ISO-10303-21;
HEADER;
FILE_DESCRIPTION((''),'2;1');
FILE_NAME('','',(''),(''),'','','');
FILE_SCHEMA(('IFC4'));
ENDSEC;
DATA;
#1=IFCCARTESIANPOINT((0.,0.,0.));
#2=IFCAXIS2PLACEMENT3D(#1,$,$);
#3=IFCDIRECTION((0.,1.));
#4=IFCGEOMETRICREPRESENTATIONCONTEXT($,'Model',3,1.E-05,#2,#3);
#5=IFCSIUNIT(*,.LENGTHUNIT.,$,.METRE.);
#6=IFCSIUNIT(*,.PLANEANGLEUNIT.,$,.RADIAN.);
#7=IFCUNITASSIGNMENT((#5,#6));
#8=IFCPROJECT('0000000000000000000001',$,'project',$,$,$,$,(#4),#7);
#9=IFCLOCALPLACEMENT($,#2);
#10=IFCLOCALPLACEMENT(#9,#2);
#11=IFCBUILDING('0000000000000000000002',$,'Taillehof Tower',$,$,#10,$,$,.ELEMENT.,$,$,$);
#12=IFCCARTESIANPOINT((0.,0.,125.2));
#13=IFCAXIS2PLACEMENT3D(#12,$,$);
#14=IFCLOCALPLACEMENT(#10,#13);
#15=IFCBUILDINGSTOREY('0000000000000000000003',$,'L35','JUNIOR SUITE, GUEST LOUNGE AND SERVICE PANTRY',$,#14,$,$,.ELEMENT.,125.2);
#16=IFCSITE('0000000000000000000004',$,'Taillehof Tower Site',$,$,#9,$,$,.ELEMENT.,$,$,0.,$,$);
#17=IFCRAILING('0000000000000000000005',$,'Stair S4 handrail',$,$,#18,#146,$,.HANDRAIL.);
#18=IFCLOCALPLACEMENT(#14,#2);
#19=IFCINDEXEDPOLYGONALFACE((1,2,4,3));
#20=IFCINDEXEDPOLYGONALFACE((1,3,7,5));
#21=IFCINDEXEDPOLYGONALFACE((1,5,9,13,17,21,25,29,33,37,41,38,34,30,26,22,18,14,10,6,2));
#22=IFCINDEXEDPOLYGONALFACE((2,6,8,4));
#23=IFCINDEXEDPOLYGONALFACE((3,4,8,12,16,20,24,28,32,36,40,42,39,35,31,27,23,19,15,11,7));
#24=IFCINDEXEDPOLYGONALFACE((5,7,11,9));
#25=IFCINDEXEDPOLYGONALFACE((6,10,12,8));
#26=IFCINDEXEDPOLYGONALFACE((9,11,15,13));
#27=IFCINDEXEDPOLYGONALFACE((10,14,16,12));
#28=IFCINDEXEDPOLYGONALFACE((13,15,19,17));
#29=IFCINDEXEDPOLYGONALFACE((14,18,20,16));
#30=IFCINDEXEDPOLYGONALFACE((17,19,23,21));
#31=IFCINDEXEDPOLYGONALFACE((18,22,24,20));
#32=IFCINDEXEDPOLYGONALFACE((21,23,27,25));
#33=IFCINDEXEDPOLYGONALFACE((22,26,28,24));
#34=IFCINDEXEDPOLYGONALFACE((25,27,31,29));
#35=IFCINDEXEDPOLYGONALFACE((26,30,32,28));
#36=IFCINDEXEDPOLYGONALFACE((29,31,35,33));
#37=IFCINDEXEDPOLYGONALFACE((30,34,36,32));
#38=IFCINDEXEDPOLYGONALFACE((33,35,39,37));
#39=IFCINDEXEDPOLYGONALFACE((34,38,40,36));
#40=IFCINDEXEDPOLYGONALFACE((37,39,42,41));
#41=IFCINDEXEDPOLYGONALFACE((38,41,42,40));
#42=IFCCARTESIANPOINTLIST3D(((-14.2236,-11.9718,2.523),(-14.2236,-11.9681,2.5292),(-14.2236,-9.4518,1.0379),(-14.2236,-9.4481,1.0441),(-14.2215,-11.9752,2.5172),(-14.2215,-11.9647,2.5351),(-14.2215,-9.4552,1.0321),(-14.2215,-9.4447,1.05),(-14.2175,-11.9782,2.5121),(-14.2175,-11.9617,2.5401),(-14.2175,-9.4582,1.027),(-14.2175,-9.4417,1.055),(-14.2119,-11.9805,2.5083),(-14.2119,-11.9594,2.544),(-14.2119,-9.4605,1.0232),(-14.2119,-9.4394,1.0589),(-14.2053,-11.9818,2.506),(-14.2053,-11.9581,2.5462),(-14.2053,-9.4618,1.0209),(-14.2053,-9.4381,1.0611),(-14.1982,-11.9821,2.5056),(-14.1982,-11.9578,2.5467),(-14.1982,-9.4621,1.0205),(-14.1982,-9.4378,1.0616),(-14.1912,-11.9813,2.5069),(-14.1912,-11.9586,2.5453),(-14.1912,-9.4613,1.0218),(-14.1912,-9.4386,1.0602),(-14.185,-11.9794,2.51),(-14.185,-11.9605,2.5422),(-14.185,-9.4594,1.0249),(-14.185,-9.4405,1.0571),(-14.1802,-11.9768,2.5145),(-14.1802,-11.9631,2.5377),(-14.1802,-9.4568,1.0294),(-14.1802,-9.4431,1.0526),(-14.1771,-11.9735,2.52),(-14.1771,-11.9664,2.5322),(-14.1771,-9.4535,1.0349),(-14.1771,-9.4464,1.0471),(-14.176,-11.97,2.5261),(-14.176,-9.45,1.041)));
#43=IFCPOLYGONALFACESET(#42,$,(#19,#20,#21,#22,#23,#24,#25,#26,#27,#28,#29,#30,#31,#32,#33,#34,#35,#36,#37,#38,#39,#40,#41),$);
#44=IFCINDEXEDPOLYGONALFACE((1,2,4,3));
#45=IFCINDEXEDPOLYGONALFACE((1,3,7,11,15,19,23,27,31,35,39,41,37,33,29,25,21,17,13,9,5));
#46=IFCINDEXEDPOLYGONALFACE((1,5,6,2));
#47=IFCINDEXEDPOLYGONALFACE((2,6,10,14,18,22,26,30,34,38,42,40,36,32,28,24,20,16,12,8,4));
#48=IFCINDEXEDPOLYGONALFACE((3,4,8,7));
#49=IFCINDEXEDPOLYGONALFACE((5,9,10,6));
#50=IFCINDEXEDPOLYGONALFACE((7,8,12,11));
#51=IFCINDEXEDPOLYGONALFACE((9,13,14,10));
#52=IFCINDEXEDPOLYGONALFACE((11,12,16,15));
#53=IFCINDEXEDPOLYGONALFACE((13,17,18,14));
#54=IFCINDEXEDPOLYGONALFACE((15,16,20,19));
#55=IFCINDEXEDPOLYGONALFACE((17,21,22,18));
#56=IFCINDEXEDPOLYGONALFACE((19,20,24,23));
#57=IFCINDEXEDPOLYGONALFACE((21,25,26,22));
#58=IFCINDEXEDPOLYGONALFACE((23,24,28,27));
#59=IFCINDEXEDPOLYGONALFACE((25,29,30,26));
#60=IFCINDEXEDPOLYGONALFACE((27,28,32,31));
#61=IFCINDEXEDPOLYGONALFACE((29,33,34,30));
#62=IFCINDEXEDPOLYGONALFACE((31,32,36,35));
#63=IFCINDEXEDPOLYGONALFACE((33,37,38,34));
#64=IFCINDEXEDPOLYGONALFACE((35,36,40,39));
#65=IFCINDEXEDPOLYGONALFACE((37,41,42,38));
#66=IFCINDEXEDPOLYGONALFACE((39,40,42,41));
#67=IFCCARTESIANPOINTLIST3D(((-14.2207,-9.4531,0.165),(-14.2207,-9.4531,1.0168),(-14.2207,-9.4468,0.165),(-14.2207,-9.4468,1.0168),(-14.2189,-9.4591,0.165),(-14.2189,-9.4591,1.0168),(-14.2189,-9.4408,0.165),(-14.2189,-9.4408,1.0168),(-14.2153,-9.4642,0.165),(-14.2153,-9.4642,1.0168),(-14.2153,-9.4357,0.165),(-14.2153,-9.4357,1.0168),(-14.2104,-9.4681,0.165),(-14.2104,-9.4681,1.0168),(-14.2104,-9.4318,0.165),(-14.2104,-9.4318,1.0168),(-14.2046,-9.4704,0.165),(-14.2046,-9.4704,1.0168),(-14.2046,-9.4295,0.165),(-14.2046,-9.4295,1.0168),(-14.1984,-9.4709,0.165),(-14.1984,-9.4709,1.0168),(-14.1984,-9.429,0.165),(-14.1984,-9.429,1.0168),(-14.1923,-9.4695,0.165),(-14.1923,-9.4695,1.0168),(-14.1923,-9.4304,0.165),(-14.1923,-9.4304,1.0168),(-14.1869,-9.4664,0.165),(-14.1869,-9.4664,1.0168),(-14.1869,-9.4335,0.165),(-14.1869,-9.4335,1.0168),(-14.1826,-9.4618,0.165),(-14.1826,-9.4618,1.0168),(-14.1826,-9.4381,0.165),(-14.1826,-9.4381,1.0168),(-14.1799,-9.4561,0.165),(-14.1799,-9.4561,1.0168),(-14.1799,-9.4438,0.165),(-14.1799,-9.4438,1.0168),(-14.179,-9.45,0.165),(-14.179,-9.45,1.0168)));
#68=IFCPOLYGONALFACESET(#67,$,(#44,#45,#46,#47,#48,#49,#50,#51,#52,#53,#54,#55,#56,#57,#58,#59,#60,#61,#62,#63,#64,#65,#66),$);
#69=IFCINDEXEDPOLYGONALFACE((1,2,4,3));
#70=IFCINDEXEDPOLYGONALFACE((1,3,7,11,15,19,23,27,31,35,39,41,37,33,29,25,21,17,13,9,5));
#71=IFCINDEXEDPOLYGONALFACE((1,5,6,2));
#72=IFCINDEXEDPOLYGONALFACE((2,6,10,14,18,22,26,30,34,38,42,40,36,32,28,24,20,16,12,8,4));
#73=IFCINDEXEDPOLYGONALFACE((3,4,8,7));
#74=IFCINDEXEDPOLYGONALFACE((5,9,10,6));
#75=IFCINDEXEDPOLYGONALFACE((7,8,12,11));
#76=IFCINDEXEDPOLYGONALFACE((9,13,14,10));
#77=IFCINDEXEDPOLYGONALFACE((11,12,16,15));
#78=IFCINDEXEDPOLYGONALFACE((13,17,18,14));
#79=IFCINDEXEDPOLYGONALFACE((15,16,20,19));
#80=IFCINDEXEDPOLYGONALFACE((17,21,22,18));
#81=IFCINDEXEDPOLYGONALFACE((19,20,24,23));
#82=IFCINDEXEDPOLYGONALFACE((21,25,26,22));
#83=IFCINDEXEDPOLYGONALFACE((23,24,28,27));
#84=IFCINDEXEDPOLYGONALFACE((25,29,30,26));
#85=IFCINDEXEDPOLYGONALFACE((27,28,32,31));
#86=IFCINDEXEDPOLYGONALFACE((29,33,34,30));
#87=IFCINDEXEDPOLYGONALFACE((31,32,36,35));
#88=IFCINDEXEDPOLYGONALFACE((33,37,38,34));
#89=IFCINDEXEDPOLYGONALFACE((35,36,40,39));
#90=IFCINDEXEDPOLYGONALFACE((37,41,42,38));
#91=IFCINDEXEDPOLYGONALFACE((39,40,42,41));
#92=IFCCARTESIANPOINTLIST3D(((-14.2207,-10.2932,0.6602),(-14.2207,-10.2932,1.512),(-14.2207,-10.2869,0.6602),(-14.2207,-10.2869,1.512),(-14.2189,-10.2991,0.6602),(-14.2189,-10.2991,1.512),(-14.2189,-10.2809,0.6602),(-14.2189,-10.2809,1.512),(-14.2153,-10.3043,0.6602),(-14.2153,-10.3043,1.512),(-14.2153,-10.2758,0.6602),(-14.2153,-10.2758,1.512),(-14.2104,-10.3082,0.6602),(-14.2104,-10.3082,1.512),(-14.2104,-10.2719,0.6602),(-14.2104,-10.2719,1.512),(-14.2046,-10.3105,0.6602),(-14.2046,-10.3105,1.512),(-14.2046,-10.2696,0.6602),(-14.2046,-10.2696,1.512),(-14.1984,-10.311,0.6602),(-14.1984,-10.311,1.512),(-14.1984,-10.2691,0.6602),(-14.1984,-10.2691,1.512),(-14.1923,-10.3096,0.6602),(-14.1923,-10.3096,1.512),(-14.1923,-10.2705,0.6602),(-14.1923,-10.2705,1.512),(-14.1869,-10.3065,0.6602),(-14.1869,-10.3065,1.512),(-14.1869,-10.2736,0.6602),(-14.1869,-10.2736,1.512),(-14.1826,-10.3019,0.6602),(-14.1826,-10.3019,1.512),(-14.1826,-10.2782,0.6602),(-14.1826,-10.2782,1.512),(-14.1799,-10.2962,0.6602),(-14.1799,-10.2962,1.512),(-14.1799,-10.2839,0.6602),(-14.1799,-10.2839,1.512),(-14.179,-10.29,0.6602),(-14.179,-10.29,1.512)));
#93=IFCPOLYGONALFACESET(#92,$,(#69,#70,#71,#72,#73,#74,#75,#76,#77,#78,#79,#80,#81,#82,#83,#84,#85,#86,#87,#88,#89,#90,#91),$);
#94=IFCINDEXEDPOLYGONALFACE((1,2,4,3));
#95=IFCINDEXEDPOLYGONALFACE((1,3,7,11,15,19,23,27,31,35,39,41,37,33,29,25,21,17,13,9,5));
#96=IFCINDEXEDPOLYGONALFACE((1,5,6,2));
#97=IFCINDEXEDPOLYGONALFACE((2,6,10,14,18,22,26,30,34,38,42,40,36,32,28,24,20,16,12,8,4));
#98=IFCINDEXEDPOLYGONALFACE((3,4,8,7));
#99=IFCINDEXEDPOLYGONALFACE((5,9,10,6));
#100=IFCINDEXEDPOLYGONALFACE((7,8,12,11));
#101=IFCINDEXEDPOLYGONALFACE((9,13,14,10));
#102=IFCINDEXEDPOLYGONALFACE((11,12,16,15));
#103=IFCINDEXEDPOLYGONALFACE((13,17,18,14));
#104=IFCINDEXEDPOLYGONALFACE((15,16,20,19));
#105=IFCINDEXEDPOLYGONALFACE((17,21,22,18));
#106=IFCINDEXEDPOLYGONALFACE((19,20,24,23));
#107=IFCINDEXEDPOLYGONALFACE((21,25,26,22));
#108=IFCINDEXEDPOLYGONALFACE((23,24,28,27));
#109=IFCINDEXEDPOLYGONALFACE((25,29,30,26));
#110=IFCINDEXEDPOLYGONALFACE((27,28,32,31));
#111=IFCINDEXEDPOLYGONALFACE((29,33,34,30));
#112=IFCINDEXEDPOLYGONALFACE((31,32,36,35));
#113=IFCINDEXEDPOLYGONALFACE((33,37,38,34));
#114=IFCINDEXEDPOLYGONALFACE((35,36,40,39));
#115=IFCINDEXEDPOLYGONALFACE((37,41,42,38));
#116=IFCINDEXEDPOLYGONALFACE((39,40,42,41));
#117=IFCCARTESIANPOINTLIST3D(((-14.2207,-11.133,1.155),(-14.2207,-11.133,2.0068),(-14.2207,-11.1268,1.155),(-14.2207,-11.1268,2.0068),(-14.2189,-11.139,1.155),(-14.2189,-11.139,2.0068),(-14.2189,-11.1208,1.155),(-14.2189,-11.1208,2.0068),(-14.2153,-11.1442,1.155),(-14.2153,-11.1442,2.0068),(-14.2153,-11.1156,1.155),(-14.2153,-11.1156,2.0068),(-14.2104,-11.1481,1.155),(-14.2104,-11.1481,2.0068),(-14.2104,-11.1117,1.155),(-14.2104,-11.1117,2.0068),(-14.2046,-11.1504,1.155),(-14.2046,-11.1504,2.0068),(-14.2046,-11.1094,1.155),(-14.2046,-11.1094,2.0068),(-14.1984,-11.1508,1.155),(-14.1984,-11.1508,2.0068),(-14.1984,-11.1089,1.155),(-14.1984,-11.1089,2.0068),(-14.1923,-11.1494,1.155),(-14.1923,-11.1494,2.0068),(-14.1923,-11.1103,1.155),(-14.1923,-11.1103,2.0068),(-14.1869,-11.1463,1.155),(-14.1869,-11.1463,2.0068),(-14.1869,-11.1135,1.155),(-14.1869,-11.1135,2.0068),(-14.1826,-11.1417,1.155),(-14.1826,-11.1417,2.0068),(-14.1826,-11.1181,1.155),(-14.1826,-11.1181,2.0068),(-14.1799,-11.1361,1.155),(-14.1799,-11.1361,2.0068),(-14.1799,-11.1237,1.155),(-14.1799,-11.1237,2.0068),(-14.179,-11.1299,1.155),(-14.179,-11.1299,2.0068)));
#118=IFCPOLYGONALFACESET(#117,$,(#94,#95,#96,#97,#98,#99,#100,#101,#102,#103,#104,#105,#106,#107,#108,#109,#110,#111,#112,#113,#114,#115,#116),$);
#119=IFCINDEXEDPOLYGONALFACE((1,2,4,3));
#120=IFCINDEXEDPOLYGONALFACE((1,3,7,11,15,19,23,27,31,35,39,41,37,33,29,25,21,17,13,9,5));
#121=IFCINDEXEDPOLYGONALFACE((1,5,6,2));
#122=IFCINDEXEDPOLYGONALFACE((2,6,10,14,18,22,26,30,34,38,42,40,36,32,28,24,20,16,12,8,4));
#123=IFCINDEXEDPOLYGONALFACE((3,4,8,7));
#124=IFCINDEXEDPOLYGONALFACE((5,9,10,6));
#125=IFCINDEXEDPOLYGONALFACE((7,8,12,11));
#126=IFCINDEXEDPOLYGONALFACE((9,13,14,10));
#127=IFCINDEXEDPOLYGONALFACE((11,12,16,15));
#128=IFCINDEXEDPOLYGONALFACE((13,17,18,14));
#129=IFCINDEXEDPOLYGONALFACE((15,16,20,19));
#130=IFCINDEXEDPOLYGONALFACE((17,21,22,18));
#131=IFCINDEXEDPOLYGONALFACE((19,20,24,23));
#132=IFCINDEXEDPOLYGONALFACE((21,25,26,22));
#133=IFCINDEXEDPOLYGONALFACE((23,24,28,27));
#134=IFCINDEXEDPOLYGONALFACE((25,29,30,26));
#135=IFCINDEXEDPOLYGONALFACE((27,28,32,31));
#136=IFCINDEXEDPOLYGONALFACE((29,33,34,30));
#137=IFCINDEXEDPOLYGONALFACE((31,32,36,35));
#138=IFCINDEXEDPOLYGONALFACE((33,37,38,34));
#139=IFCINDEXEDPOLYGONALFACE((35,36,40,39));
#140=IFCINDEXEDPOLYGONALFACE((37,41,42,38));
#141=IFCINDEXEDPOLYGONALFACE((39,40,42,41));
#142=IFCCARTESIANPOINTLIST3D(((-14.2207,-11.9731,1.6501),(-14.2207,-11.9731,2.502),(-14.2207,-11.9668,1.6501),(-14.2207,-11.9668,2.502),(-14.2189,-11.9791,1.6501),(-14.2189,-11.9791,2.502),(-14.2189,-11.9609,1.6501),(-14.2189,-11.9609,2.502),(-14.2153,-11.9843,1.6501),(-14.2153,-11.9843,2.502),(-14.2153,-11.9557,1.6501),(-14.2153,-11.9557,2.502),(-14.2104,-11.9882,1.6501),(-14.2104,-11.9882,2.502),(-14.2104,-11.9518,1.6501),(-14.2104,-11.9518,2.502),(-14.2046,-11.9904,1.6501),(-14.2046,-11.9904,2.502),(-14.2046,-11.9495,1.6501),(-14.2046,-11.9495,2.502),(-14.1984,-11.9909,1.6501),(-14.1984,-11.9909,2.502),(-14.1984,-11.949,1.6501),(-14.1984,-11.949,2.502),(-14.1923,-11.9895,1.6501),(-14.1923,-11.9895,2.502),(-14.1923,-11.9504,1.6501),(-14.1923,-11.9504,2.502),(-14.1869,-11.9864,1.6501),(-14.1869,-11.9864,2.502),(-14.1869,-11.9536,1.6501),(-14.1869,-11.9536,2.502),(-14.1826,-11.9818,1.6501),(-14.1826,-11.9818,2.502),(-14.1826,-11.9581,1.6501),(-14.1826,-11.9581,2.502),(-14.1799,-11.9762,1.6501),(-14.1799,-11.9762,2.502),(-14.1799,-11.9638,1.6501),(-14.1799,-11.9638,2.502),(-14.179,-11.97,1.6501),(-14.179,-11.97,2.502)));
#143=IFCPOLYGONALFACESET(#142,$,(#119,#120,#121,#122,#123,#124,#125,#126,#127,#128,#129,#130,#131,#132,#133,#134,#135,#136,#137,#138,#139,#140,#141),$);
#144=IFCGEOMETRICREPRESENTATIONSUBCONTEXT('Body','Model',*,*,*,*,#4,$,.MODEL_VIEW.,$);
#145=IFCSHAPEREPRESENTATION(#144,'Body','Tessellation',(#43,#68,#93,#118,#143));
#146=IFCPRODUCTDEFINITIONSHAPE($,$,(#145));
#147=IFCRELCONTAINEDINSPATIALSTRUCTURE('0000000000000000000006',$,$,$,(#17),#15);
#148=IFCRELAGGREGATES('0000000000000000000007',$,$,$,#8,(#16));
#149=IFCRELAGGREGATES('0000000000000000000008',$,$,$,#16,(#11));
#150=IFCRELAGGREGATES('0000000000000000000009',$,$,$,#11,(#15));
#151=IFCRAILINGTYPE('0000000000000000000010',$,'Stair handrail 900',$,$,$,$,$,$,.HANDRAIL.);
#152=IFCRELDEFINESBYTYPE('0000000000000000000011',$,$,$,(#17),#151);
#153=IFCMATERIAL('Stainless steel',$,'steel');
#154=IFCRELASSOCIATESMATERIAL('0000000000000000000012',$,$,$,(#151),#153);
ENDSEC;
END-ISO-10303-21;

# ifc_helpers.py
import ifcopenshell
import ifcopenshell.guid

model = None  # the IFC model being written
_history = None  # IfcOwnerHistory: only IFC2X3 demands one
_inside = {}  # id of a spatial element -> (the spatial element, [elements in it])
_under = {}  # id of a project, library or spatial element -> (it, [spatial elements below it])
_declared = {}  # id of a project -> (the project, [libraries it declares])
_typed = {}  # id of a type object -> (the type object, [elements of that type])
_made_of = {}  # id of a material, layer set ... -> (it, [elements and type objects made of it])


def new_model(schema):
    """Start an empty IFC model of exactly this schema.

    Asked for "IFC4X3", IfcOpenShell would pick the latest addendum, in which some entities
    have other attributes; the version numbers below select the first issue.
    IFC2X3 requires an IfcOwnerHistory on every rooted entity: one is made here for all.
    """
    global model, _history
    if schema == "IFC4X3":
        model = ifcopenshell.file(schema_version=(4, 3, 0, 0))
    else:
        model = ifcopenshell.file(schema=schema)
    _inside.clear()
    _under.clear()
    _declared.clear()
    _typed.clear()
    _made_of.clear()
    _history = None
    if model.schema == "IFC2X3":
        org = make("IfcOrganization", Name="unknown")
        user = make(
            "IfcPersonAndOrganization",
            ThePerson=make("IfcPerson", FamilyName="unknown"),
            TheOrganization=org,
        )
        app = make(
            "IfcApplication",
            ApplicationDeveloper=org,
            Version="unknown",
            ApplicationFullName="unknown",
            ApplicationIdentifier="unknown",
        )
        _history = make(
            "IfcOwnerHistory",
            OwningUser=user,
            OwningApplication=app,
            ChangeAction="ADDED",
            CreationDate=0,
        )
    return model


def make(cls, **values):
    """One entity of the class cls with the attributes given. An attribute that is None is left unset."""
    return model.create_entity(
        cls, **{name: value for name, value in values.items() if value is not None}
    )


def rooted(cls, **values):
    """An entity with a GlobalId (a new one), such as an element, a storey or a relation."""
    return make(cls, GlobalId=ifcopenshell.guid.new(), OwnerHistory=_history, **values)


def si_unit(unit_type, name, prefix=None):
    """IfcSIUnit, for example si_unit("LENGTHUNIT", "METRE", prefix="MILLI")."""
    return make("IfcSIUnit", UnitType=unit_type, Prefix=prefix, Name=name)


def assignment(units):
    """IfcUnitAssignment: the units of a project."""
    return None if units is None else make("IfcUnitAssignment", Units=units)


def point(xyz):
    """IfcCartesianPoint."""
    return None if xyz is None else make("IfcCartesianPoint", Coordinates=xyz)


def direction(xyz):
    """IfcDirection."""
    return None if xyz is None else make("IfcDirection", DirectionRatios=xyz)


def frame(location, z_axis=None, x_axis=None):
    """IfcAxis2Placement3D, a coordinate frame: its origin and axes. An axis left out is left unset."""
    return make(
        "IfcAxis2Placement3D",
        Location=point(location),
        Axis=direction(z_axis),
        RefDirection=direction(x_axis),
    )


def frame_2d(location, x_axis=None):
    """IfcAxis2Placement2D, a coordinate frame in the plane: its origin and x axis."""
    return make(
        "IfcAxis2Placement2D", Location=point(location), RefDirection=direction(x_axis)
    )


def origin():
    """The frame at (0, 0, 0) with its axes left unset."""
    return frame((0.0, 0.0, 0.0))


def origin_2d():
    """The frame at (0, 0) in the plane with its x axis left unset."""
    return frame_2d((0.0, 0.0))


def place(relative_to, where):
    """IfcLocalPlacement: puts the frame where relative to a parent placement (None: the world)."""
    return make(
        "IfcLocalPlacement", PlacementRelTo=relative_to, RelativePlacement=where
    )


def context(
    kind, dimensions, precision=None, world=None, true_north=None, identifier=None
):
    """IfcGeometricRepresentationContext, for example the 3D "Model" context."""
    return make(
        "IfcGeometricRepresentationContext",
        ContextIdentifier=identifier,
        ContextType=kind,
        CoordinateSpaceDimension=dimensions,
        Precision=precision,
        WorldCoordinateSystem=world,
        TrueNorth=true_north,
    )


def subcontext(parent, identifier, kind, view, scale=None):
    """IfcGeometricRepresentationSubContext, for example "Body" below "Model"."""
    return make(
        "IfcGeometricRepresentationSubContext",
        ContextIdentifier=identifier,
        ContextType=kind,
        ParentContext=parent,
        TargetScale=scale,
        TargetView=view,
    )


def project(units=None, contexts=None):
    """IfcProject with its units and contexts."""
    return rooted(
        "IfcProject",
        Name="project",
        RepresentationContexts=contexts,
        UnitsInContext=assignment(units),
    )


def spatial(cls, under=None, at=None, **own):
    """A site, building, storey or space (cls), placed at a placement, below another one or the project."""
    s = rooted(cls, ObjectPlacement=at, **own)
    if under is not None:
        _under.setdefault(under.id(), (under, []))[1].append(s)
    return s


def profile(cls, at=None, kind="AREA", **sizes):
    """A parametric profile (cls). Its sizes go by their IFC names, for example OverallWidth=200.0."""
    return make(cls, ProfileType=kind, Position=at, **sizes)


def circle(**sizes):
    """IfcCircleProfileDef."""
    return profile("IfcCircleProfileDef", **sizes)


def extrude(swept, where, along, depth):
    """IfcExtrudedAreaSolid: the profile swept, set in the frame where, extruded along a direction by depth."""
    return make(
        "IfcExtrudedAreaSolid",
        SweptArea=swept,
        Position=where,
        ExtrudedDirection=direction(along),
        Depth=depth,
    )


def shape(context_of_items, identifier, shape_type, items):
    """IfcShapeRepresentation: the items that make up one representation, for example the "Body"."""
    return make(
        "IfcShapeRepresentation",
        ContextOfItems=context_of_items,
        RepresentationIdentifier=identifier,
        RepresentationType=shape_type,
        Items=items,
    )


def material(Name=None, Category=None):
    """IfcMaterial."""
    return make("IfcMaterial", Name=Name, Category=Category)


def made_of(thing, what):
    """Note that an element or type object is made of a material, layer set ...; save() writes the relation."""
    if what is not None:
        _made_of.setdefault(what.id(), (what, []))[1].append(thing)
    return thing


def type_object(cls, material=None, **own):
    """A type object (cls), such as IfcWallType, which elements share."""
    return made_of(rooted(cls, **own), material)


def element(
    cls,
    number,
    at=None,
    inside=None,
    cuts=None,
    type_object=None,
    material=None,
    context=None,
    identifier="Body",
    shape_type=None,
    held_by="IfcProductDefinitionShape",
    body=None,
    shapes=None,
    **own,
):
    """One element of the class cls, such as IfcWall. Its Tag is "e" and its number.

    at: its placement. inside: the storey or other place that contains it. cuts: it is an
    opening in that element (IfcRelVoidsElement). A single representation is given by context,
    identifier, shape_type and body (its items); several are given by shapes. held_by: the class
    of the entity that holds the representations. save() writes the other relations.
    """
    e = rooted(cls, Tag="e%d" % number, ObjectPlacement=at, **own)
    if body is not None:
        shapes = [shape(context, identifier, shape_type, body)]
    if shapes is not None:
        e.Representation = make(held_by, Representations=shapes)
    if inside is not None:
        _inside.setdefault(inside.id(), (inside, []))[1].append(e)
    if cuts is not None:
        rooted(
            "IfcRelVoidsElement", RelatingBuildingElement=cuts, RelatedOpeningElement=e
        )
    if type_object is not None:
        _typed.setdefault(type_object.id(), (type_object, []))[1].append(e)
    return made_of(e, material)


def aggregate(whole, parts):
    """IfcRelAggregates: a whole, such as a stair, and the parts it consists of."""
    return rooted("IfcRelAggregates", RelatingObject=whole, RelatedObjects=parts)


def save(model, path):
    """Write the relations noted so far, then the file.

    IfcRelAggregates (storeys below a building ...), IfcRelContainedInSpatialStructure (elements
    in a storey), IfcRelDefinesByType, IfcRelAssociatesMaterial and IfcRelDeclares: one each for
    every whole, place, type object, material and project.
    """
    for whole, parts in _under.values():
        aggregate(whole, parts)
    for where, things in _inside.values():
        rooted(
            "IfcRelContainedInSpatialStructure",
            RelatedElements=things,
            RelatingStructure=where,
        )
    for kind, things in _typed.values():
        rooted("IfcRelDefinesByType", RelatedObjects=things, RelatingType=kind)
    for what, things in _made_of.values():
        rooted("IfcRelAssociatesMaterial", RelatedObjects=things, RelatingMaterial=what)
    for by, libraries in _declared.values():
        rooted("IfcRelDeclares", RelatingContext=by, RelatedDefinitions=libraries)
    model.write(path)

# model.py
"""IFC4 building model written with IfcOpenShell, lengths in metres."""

from ifc_helpers import new_model, si_unit, direction, frame, origin, origin_2d, place, context, subcontext, project, spatial, circle, extrude, material, type_object, element, save


model = new_model("IFC4")

# Units and contexts
model_context = context("Model", 3, precision=1e-05, world=origin(), true_north=direction((0.0, 1.0)))
body_context = subcontext(model_context, "Body", "Model", "MODEL_VIEW")
ifc_project = project(units=[si_unit("LENGTHUNIT", "METRE"), si_unit("PLANEANGLEUNIT", "RADIAN")], contexts=[model_context])

# Site, building, storey
site_placement = place(None, origin())
site = spatial("IfcSite", under=ifc_project, at=site_placement, Name="Taillehof Tower Site", CompositionType="ELEMENT", RefElevation=0.0)
building_placement = place(site_placement, origin())
building = spatial("IfcBuilding", under=site, at=building_placement, Name="Taillehof Tower", CompositionType="ELEMENT")
storey_placement = place(building_placement, frame((0.0, 0.0, 125.2)))
storey = spatial("IfcBuildingStorey", under=building, at=storey_placement, Name="L35", Description="JUNIOR SUITE, GUEST LOUNGE AND SERVICE PANTRY", CompositionType="ELEMENT", Elevation=125.2)

# Railing
ifc_material_1 = material(Name="Stainless steel", Category="steel")
railing_type = type_object("IfcRailingType", Name="Stair handrail 900", PredefinedType="HANDRAIL", material=ifc_material_1)
railing_placement = place(storey_placement, frame((-14.2, -9.45, 0.165)))
element("IfcRailing", 1, at=railing_placement, inside=storey, type_object=railing_type, Name="Stair S4 handrail", PredefinedType="HANDRAIL", context=body_context, shape_type="SweptSolid", body=[
    extrude(circle(Radius=0.0239, at=origin_2d()), frame((0.0, 0.0, 0.876), z_axis=(0.0, -0.861524, 0.507717), x_axis=(1.0, 0.0, 0.0)), (0.0, 0.0, 1.0), 2.925),
    extrude(circle(Radius=0.021, at=origin_2d()), origin(), (0.0, 0.0, 1.0), 0.8518),
    extrude(circle(Radius=0.021, at=origin_2d()), frame((0.0, -0.8401, 0.4951)), (0.0, 0.0, 1.0), 0.8518),
    extrude(circle(Radius=0.021, at=origin_2d()), frame((0.0, -1.6799, 0.99)), (0.0, 0.0, 1.0), 0.8518),
    extrude(circle(Radius=0.021, at=origin_2d()), frame((0.0, -2.52, 1.4851)), (0.0, 0.0, 1.0), 0.8518),
])

save(model, "model.ifc")
